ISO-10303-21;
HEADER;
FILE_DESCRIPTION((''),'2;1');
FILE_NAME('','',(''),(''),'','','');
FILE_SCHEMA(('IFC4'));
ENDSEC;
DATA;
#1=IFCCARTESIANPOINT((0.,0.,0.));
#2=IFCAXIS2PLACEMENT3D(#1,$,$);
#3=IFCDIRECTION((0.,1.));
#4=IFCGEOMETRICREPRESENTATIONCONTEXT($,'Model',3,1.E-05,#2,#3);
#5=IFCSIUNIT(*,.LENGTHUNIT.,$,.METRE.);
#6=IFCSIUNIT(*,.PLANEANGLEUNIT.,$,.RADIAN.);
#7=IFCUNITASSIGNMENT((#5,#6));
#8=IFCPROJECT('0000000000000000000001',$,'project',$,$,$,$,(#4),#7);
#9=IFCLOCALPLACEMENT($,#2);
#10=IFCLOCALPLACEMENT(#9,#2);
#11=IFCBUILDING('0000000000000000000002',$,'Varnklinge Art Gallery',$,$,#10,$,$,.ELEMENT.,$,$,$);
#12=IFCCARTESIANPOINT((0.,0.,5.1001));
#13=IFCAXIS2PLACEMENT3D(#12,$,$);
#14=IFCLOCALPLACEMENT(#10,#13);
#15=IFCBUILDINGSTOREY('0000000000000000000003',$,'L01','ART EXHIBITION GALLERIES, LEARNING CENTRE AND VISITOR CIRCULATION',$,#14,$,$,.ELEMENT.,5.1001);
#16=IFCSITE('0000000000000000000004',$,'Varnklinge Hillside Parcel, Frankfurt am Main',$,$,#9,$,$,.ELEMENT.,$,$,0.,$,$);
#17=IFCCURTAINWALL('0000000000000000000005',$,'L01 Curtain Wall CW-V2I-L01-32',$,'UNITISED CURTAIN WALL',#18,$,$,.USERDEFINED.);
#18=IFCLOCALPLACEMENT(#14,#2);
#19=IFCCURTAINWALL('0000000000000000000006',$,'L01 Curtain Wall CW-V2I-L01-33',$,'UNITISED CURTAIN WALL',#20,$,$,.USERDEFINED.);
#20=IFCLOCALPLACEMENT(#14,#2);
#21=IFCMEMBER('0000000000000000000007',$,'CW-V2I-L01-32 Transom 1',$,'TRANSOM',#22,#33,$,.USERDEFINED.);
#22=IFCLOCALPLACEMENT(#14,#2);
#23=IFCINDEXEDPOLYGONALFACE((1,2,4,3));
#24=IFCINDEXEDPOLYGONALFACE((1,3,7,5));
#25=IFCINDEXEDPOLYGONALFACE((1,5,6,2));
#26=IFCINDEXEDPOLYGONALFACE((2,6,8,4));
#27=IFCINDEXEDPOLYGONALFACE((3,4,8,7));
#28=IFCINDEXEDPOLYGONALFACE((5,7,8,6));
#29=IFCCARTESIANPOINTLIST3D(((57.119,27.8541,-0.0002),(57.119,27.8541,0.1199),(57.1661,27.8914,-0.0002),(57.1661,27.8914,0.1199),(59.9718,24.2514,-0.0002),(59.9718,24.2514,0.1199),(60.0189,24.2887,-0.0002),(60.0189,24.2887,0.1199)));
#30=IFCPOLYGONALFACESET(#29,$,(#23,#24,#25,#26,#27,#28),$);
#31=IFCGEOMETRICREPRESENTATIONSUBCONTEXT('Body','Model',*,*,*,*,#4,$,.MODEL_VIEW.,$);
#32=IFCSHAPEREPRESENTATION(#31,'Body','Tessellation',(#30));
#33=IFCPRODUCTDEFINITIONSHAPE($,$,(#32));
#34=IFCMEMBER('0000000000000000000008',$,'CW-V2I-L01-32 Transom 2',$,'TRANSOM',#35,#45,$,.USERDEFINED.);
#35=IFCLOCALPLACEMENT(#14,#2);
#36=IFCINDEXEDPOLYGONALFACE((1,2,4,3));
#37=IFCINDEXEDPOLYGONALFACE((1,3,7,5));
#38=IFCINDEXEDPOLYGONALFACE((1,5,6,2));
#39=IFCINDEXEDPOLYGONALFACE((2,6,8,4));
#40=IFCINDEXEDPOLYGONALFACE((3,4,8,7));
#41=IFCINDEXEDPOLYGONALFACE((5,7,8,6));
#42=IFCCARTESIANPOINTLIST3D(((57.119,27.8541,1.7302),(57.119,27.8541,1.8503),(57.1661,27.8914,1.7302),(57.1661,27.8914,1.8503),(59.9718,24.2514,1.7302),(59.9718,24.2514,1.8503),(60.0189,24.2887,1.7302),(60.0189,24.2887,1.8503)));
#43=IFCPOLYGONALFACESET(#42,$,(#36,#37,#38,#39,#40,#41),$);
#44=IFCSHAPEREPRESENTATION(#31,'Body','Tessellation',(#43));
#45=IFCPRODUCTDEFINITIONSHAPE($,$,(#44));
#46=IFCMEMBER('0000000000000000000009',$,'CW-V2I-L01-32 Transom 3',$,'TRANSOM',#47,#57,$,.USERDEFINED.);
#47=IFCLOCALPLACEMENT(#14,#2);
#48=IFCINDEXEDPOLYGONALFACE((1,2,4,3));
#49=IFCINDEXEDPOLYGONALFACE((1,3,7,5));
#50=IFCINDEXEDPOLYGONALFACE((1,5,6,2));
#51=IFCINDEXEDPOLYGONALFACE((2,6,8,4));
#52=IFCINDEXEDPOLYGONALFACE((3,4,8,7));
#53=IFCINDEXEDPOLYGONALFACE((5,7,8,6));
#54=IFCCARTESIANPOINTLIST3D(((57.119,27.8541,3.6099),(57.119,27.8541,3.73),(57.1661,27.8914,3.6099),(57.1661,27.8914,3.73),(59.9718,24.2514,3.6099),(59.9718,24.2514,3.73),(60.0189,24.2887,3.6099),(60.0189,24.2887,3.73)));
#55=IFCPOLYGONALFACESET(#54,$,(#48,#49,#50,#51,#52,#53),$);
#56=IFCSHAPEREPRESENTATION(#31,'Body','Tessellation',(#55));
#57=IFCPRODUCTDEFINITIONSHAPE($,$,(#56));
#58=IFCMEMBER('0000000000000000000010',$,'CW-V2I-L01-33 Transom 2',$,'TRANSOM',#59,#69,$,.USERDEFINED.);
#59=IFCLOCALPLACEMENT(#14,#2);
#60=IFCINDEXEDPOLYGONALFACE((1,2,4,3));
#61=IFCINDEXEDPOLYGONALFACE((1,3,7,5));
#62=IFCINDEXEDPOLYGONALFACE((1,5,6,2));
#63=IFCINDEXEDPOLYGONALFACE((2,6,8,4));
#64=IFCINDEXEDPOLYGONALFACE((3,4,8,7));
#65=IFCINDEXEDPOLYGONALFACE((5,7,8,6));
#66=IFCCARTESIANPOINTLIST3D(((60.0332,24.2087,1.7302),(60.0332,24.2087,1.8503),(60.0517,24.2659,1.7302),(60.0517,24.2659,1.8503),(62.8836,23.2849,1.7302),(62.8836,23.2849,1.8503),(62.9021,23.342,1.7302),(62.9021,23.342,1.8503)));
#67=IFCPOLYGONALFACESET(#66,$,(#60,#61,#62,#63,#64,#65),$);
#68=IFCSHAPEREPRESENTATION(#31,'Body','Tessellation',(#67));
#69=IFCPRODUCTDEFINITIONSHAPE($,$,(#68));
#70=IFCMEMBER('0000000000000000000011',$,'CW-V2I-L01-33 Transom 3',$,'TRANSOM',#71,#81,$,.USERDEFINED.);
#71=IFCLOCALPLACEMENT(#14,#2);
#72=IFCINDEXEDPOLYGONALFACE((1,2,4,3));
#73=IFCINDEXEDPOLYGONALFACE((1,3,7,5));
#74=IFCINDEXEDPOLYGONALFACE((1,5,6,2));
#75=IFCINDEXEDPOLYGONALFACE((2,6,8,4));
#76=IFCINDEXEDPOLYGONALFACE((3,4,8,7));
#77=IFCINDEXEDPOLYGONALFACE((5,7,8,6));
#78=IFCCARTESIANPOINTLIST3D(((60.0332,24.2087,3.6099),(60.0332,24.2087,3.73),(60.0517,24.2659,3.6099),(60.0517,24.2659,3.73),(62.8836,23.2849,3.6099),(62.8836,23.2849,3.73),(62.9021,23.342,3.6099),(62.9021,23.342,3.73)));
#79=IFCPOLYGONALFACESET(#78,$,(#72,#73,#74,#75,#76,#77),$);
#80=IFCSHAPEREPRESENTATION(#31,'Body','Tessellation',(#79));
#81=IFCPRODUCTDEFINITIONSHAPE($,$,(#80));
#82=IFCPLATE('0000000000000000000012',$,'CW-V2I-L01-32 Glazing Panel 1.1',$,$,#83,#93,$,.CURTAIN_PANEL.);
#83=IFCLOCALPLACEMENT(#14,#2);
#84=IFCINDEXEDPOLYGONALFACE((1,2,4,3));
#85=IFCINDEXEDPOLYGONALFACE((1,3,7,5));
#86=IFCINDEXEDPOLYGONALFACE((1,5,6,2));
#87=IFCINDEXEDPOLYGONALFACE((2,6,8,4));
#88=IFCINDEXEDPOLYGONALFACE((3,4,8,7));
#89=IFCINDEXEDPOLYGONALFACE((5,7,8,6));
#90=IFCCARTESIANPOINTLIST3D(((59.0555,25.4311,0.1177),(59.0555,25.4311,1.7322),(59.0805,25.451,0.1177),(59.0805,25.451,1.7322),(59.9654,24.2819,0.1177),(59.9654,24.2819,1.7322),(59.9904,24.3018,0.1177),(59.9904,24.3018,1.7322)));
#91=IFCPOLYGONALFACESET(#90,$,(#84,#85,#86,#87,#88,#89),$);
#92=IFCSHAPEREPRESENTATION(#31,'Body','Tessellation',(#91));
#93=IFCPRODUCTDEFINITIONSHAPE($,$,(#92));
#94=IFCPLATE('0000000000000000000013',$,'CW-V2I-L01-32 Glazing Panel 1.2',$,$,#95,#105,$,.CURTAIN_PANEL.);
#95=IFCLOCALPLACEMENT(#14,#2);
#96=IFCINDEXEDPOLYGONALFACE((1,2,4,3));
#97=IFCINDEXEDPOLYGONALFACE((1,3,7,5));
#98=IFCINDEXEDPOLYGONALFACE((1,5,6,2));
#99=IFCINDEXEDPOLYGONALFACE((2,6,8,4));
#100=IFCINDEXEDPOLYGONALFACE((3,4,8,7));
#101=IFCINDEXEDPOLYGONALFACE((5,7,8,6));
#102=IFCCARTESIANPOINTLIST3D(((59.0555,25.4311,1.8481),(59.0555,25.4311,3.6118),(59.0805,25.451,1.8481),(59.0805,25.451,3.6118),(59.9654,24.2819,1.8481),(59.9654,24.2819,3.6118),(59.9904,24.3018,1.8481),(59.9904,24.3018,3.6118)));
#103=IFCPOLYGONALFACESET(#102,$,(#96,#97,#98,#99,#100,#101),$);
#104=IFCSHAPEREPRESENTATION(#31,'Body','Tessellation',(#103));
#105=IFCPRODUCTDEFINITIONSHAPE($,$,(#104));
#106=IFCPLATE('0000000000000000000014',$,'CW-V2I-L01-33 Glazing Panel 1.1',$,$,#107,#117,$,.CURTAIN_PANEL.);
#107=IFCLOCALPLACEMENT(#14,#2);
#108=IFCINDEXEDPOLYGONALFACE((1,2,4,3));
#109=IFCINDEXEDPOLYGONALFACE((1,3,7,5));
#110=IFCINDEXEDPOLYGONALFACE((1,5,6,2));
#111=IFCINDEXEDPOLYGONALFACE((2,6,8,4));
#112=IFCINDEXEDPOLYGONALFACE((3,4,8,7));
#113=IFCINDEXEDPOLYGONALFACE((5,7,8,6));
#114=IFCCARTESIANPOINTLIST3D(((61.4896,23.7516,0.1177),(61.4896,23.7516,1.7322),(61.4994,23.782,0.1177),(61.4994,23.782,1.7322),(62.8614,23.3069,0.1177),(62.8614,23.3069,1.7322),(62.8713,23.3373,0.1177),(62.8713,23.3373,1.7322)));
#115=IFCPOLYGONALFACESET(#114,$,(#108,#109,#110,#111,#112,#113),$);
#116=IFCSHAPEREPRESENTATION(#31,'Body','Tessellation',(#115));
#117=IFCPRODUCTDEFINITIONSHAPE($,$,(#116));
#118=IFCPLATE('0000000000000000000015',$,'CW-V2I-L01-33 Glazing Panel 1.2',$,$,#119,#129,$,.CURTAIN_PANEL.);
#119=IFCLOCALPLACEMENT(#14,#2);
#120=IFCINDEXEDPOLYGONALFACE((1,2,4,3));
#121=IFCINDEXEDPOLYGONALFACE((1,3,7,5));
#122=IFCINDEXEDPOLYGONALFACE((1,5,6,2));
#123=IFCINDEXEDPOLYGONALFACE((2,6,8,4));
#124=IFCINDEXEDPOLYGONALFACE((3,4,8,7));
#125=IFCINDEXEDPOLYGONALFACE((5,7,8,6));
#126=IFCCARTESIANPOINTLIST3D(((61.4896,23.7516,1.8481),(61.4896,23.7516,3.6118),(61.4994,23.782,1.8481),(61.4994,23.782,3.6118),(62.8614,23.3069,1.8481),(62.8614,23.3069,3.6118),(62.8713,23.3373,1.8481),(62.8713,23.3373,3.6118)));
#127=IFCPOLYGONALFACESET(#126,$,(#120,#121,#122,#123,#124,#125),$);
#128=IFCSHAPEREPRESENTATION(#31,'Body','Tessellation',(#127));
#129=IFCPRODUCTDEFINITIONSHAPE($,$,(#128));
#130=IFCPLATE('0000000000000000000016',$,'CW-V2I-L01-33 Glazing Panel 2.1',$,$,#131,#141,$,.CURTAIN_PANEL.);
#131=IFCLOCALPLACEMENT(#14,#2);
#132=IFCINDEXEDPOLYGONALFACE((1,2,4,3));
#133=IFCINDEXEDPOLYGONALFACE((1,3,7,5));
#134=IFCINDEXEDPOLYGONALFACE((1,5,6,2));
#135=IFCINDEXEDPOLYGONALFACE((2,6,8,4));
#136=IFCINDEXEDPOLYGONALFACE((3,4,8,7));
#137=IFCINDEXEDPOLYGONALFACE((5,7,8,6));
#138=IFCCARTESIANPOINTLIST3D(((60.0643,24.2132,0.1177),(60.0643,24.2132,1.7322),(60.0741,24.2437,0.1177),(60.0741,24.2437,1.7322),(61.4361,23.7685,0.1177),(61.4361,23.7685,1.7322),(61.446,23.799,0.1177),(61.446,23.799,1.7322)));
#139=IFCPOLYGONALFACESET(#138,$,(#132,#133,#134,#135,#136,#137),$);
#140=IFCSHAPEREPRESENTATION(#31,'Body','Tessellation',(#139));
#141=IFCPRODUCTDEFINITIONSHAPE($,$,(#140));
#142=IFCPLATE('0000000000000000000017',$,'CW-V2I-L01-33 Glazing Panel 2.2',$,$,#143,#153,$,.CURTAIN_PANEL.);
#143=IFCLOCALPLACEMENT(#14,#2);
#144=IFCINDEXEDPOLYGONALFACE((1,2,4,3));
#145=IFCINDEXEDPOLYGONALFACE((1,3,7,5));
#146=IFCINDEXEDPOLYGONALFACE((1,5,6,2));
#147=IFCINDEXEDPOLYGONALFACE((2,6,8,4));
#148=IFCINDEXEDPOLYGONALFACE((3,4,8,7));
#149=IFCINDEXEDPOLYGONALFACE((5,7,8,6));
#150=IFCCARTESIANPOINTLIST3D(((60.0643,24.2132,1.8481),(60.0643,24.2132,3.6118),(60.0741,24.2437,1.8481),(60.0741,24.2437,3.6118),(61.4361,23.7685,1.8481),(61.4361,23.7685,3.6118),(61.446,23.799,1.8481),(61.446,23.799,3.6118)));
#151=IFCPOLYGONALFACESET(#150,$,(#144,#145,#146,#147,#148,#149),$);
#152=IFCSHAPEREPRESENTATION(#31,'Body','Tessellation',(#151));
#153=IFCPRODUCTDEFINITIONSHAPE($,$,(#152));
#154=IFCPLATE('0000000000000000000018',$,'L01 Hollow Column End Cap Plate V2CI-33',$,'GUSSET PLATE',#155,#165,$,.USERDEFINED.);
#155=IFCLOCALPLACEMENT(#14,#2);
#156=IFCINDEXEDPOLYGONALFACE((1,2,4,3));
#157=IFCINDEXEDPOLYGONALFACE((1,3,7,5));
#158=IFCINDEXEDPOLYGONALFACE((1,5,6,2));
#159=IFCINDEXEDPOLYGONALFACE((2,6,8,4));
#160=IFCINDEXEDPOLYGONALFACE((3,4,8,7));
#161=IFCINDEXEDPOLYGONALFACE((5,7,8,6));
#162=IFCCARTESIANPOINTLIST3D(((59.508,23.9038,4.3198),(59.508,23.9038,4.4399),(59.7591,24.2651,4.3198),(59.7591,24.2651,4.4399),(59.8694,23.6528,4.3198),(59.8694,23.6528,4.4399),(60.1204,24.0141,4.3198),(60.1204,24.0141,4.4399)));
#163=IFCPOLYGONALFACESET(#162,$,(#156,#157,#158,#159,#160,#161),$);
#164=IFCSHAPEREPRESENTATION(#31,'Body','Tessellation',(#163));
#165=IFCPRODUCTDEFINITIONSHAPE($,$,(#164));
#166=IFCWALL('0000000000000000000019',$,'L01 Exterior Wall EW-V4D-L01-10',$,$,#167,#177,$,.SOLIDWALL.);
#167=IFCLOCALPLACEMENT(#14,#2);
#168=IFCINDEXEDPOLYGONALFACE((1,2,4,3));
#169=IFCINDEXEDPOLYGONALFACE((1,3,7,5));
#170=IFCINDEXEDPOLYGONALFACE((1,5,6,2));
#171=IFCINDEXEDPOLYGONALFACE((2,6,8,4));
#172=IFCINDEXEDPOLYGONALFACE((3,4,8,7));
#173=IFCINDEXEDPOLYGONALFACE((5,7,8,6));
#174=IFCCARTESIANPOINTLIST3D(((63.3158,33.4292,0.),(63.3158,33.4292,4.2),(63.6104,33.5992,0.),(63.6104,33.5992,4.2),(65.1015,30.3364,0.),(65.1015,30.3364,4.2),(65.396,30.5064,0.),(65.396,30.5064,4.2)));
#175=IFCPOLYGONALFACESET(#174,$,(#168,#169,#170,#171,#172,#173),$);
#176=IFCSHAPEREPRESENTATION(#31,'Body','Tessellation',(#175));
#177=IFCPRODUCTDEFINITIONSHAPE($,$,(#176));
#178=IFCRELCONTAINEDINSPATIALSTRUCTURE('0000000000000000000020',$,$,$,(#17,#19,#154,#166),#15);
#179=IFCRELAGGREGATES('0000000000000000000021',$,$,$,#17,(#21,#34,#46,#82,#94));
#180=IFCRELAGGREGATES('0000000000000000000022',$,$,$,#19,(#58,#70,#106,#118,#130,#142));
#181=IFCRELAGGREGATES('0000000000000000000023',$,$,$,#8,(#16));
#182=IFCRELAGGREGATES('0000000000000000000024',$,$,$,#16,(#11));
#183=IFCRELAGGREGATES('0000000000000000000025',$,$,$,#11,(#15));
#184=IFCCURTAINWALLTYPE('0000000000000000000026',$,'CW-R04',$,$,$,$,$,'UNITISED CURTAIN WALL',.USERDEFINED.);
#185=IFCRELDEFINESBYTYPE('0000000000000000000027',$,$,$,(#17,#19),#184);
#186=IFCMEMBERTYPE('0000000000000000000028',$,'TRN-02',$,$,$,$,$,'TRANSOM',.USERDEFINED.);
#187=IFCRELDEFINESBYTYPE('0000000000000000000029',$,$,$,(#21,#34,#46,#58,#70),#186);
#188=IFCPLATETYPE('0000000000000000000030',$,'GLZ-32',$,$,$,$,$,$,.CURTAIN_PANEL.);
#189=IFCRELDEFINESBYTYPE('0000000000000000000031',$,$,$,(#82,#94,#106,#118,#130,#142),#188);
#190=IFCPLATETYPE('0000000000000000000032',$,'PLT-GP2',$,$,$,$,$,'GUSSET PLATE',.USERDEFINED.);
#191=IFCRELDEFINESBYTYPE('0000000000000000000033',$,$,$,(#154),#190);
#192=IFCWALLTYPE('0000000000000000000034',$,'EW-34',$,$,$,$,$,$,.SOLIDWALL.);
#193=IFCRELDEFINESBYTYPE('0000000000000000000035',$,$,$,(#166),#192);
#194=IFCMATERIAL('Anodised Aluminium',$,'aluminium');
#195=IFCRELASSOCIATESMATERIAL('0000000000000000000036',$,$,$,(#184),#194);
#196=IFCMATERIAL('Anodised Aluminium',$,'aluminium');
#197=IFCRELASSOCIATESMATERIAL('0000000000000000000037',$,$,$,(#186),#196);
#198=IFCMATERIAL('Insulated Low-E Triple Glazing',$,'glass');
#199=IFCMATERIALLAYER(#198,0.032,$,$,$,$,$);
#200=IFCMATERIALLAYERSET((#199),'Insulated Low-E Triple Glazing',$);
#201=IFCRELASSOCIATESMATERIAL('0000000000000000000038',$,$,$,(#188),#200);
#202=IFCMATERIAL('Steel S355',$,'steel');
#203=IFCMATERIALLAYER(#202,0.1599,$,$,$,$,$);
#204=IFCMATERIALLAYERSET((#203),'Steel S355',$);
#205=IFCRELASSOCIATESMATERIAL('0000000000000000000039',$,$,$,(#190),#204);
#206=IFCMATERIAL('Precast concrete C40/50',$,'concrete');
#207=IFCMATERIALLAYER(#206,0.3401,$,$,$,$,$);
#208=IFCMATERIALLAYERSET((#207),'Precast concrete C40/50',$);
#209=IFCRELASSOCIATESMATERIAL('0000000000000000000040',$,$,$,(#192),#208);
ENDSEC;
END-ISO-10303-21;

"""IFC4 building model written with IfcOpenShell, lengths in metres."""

from ifc_helpers import new_model, si_unit, direction, frame, frame_2d, origin, origin_2d, place, context, subcontext, project, spatial, rectangle, extrude, material, layer, layer_set, material_profile, profile_set, type_object, element, aggregate, save


model = new_model("IFC4")

# Units and contexts
model_context = context("Model", 3, precision=1e-05, world=origin(), true_north=direction((0.0, 1.0)))
body_context = subcontext(model_context, "Body", "Model", "MODEL_VIEW")
ifc_project = project(units=[si_unit("LENGTHUNIT", "METRE"), si_unit("PLANEANGLEUNIT", "RADIAN")], contexts=[model_context])

# Site, building, storey
site_placement = place(None, origin())
site = spatial("IfcSite", under=ifc_project, at=site_placement, Name="Varnklinge Hillside Parcel, Frankfurt am Main", CompositionType="ELEMENT", RefElevation=0.0)
building_placement = place(site_placement, origin())
building = spatial("IfcBuilding", under=site, at=building_placement, Name="Varnklinge Art Gallery", CompositionType="ELEMENT")
storey_placement = place(building_placement, frame((0.0, 0.0, 5.1001)))
storey = spatial("IfcBuildingStorey", under=building, at=storey_placement, Name="L01", Description="ART EXHIBITION GALLERIES, LEARNING CENTRE AND VISITOR CIRCULATION", CompositionType="ELEMENT", Elevation=5.1001)

# Curtain wall
ifc_material_1 = material(Name="Anodised Aluminium", Category="aluminium")
curtain_wall_type = type_object("IfcCurtainWallType", Name="CW-R04", ElementType="UNITISED CURTAIN WALL", PredefinedType="USERDEFINED", material=ifc_material_1)
curtain_wall_1_placement = place(storey_placement, origin())
curtain_wall_1 = element("IfcCurtainWall", 1, at=curtain_wall_1_placement, inside=storey, type_object=curtain_wall_type, Name="L01 Curtain Wall CW-V2I-L01-32", ObjectType="UNITISED CURTAIN WALL", PredefinedType="USERDEFINED")

# Curtain wall
curtain_wall_2_placement = place(storey_placement, origin())
curtain_wall_2 = element("IfcCurtainWall", 2, at=curtain_wall_2_placement, inside=storey, type_object=curtain_wall_type, Name="L01 Curtain Wall CW-V2I-L01-33", ObjectType="UNITISED CURTAIN WALL", PredefinedType="USERDEFINED")

# Members
ifc_material_2 = material(Name="Anodised Aluminium", Category="aluminium")
ifc_material_profile_1 = material_profile(ifc_material_2, rectangle(XDim=0.0601, YDim=0.1201, at=origin_2d()), Name="ALU 60x120")
ifc_profile_set_1 = profile_set([ifc_material_profile_1], Name="Anodised Aluminium")
member_type_1 = type_object("IfcMemberType", Name="TRN-02", ElementType="TRANSOM", PredefinedType="USERDEFINED", material=ifc_profile_set_1)
member_1_placement = place(storey_placement, frame((59.9954, 24.27, 0.0598), z_axis=(-0.620781, 0.783984, 0.0), x_axis=(-0.783984, -0.620781, 0.0)))
member_1 = element("IfcMember", 3, at=member_1_placement, type_object=member_type_1, Name="CW-V2I-L01-32 Transom 1", ObjectType="TRANSOM", PredefinedType="USERDEFINED", context=body_context, shape_type="SweptSolid", body=[
    extrude(rectangle(XDim=0.0601, YDim=0.1201, at=origin_2d()), origin(), (0.0, 0.0, 1.0), 4.5955),
])
member_2_placement = place(storey_placement, frame((59.9954, 24.27, 1.7903), z_axis=(-0.620781, 0.783984, 0.0), x_axis=(-0.783984, -0.620781, 0.0)))
member_2 = element("IfcMember", 4, at=member_2_placement, type_object=member_type_1, Name="CW-V2I-L01-32 Transom 2", ObjectType="TRANSOM", PredefinedType="USERDEFINED", context=body_context, shape_type="SweptSolid", body=[
    extrude(rectangle(XDim=0.0601, YDim=0.1201, at=origin_2d()), origin(), (0.0, 0.0, 1.0), 4.5955),
])
member_3_placement = place(storey_placement, frame((59.9954, 24.27, 3.6699), z_axis=(-0.620781, 0.783984, 0.0), x_axis=(-0.783984, -0.620781, 0.0)))
member_3 = element("IfcMember", 5, at=member_3_placement, type_object=member_type_1, Name="CW-V2I-L01-32 Transom 3", ObjectType="TRANSOM", PredefinedType="USERDEFINED", context=body_context, shape_type="SweptSolid", body=[
    extrude(rectangle(XDim=0.0601, YDim=0.1201, at=origin_2d()), origin(), (0.0, 0.0, 1.0), 4.5955),
])
member_4_placement = place(storey_placement, frame((62.8928, 23.3135, 1.7903), z_axis=(-0.951282, 0.308321, 0.0), x_axis=(-0.308321, -0.951282, 0.0)))
member_4 = element("IfcMember", 6, at=member_4_placement, type_object=member_type_1, Name="CW-V2I-L01-33 Transom 2", ObjectType="TRANSOM", PredefinedType="USERDEFINED", context=body_context, shape_type="SweptSolid", body=[
    extrude(rectangle(XDim=0.0601, YDim=0.1201, at=origin_2d()), origin(), (0.0, 0.0, 1.0), 2.9963),
])
member_5_placement = place(storey_placement, frame((62.8928, 23.3135, 3.6699), z_axis=(-0.951282, 0.308321, 0.0), x_axis=(-0.308321, -0.951282, 0.0)))
member_5 = element("IfcMember", 7, at=member_5_placement, type_object=member_type_1, Name="CW-V2I-L01-33 Transom 3", ObjectType="TRANSOM", PredefinedType="USERDEFINED", context=body_context, shape_type="SweptSolid", body=[
    extrude(rectangle(XDim=0.0601, YDim=0.1201, at=origin_2d()), origin(), (0.0, 0.0, 1.0), 2.9963),
])

# Plates
ifc_material_3 = material(Name="Insulated Low-E Triple Glazing", Category="glass")
ifc_layer_1 = layer(ifc_material_3, 0.032)
ifc_layer_set_1 = layer_set([ifc_layer_1], Name="Insulated Low-E Triple Glazing")
plate_type_1 = type_object("IfcPlateType", Name="GLZ-32", PredefinedType="CURTAIN_PANEL", material=ifc_layer_set_1)
plate_1_placement = place(storey_placement, frame((59.5229, 24.8665, 0.1177), z_axis=(0.0, 0.0, 1.0), x_axis=(-0.620737, 0.784019, 0.0)))
plate_1 = element("IfcPlate", 8, at=plate_1_placement, type_object=plate_type_1, Name="CW-V2I-L01-32 Glazing Panel 1.1", PredefinedType="CURTAIN_PANEL", context=body_context, shape_type="SweptSolid", body=[
    extrude(rectangle(XDim=1.4658, YDim=0.032, at=origin_2d()), origin(), (0.0, 0.0, 1.0), 1.6145),
])
plate_2_placement = place(storey_placement, frame((59.5229, 24.8665, 1.8481), z_axis=(0.0, 0.0, 1.0), x_axis=(-0.620737, 0.784019, 0.0)))
plate_2 = element("IfcPlate", 9, at=plate_2_placement, type_object=plate_type_1, Name="CW-V2I-L01-32 Glazing Panel 1.2", PredefinedType="CURTAIN_PANEL", context=body_context, shape_type="SweptSolid", body=[
    extrude(rectangle(XDim=1.4658, YDim=0.032, at=origin_2d()), origin(), (0.0, 0.0, 1.0), 1.7637),
])
aggregate(curtain_wall_1, [member_1, member_2, member_3, plate_1, plate_2])
plate_3_placement = place(storey_placement, frame((62.1804, 23.5444, 0.1177), z_axis=(0.0, 0.0, 1.0), x_axis=(-0.951272, 0.308353, 0.0)))
plate_3 = element("IfcPlate", 10, at=plate_3_placement, type_object=plate_type_1, Name="CW-V2I-L01-33 Glazing Panel 1.1", PredefinedType="CURTAIN_PANEL", context=body_context, shape_type="SweptSolid", body=[
    extrude(rectangle(XDim=1.4421, YDim=0.032, at=origin_2d()), origin(), (0.0, 0.0, 1.0), 1.6145),
])
plate_4_placement = place(storey_placement, frame((62.1804, 23.5444, 1.8481), z_axis=(0.0, 0.0, 1.0), x_axis=(-0.951272, 0.308353, 0.0)))
plate_4 = element("IfcPlate", 11, at=plate_4_placement, type_object=plate_type_1, Name="CW-V2I-L01-33 Glazing Panel 1.2", PredefinedType="CURTAIN_PANEL", context=body_context, shape_type="SweptSolid", body=[
    extrude(rectangle(XDim=1.4421, YDim=0.032, at=origin_2d()), origin(), (0.0, 0.0, 1.0), 1.7637),
])
plate_5_placement = place(storey_placement, frame((60.7551, 24.0061, 0.1177), z_axis=(0.0, 0.0, 1.0), x_axis=(-0.951272, 0.308353, 0.0)))
plate_5 = element("IfcPlate", 12, at=plate_5_placement, type_object=plate_type_1, Name="CW-V2I-L01-33 Glazing Panel 2.1", PredefinedType="CURTAIN_PANEL", context=body_context, shape_type="SweptSolid", body=[
    extrude(rectangle(XDim=1.4421, YDim=0.032, at=origin_2d()), origin(), (0.0, 0.0, 1.0), 1.6145),
])
plate_6_placement = place(storey_placement, frame((60.7551, 24.0061, 1.8481), z_axis=(0.0, 0.0, 1.0), x_axis=(-0.951272, 0.308353, 0.0)))
plate_6 = element("IfcPlate", 13, at=plate_6_placement, type_object=plate_type_1, Name="CW-V2I-L01-33 Glazing Panel 2.2", PredefinedType="CURTAIN_PANEL", context=body_context, shape_type="SweptSolid", body=[
    extrude(rectangle(XDim=1.4421, YDim=0.032, at=origin_2d()), origin(), (0.0, 0.0, 1.0), 1.7637),
])
aggregate(curtain_wall_2, [member_4, member_5, plate_3, plate_4, plate_5, plate_6])
ifc_material_4 = material(Name="Steel S355", Category="steel")
ifc_layer_2 = layer(ifc_material_4, 0.1599)
ifc_layer_set_2 = layer_set([ifc_layer_2], Name="Steel S355")
plate_type_2 = type_object("IfcPlateType", Name="PLT-GP2", ElementType="GUSSET PLATE", PredefinedType="USERDEFINED", material=ifc_layer_set_2)
plate_7_placement = place(storey_placement, frame((59.8142, 23.959, 4.3198), z_axis=(0.0, 0.0, 1.0), x_axis=(0.57057, 0.821249, 0.0)))
element("IfcPlate", 14, at=plate_7_placement, inside=storey, type_object=plate_type_2, Name="L01 Hollow Column End Cap Plate V2CI-33", ObjectType="GUSSET PLATE", PredefinedType="USERDEFINED", context=body_context, shape_type="SweptSolid", body=[
    extrude(rectangle(XDim=0.4399, YDim=0.4399, at=origin_2d()), origin(), (0.0, 0.0, 1.0), 0.1201),
])

# Wall
ifc_material_5 = material(Name="Precast concrete C40/50", Category="concrete")
ifc_layer_3 = layer(ifc_material_5, 0.3401)
ifc_layer_set_3 = layer_set([ifc_layer_3], Name="Precast concrete C40/50")
wall_type_1 = type_object("IfcWallType", Name="EW-34", PredefinedType="SOLIDWALL", material=ifc_layer_set_3)
wall_1_placement = place(storey_placement, frame((65.2488, 30.4214, 0.0), z_axis=(0.0, 0.0, 1.0), x_axis=(-0.500007, 0.866022, 0.0)))
element("IfcWall", 15, at=wall_1_placement, inside=storey, type_object=wall_type_1, Name="L01 Exterior Wall EW-V4D-L01-10", PredefinedType="SOLIDWALL", context=body_context, shape_type="SweptSolid", body=[
    extrude(rectangle(XDim=3.5713, YDim=0.3401, at=frame_2d((1.7856, 0.0))), origin(), (0.0, 0.0, 1.0), 4.2),
])

save(model, "model.ifc")
